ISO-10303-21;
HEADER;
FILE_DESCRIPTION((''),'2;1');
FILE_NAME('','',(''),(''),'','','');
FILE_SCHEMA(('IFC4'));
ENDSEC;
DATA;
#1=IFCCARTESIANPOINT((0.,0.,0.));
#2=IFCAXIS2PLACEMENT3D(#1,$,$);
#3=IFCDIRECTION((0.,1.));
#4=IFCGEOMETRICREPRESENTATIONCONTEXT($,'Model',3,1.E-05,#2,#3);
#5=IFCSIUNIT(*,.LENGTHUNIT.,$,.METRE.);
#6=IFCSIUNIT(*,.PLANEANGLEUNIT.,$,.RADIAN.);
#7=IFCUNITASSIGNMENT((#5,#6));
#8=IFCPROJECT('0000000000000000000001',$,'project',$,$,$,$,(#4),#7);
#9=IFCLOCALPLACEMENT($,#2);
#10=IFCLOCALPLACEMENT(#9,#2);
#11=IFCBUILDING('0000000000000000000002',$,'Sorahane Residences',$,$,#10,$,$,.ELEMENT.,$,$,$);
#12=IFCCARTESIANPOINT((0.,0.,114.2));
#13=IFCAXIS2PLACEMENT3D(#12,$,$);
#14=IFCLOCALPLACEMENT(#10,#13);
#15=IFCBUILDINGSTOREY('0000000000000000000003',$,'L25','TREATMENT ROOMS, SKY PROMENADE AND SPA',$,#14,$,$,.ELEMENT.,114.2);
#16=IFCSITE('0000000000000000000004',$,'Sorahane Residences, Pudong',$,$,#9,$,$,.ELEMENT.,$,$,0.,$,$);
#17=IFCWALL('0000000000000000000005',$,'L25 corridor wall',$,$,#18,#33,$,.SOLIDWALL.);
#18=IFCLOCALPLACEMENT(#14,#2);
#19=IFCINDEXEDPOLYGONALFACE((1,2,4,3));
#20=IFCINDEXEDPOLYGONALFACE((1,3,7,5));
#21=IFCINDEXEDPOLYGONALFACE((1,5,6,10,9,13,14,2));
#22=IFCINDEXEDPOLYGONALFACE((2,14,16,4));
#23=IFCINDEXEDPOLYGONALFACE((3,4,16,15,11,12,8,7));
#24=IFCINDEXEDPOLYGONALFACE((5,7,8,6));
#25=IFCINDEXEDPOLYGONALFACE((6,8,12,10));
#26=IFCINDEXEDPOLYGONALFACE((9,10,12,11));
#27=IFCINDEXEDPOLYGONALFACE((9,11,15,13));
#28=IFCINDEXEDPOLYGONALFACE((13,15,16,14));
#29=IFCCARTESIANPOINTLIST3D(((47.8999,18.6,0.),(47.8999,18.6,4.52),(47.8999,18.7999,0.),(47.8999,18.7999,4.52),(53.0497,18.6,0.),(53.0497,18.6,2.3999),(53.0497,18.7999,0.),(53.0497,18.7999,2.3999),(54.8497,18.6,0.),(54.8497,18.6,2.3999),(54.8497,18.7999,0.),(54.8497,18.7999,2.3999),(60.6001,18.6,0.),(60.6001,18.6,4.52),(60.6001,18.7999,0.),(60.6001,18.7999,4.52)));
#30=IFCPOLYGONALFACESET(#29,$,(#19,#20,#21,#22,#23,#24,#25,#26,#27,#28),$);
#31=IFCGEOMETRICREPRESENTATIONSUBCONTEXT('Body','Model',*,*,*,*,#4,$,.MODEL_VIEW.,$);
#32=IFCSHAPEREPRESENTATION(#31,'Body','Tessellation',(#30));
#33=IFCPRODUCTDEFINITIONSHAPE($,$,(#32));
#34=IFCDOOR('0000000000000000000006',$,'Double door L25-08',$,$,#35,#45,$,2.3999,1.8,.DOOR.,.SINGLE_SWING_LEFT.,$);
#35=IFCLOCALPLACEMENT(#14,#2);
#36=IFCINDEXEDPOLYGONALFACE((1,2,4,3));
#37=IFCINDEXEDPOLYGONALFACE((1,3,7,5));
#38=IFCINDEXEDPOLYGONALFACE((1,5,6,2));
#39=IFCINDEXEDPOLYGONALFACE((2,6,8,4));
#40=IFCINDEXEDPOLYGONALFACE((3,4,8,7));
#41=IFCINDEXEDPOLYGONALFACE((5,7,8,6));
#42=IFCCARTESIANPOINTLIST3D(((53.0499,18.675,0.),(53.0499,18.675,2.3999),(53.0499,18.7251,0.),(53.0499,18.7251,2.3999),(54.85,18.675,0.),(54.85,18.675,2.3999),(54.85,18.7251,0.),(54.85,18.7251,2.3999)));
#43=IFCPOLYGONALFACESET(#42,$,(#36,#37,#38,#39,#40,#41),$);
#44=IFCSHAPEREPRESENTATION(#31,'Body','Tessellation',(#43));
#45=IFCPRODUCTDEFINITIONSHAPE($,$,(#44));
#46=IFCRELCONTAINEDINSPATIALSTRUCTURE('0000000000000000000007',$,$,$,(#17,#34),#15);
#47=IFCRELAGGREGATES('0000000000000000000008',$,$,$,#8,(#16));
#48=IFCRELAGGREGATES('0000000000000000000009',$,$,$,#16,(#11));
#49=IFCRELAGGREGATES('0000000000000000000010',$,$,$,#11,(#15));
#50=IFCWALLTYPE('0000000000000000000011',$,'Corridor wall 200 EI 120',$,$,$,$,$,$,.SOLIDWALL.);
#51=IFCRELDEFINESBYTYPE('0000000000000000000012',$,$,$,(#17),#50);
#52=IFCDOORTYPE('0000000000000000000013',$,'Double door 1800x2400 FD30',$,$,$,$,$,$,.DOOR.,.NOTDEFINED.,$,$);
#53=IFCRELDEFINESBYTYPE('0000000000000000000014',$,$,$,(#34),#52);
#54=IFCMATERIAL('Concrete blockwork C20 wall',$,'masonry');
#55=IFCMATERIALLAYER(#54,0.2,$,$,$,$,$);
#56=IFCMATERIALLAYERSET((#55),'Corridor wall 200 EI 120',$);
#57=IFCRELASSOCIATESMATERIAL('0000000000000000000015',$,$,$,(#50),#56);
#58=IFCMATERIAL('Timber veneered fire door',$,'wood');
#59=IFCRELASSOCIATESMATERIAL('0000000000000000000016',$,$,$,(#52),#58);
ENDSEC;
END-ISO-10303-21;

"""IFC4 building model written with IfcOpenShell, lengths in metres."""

from ifc_helpers import new_model, si_unit, direction, frame, frame_2d, origin, place, context, subcontext, project, spatial, rectangle, extrude, material, layer, layer_set, type_object, element, fill, save


model = new_model("IFC4")

# Units and contexts
model_context = context("Model", 3, precision=1e-05, world=origin(), true_north=direction((0.0, 1.0)))
body_context = subcontext(model_context, "Body", "Model", "MODEL_VIEW")
ifc_project = project(units=[si_unit("LENGTHUNIT", "METRE"), si_unit("PLANEANGLEUNIT", "RADIAN")], contexts=[model_context])

# Site, building, storey
site_placement = place(None, origin())
site = spatial("IfcSite", under=ifc_project, at=site_placement, Name="Sorahane Residences, Pudong", CompositionType="ELEMENT", RefElevation=0.0)
building_placement = place(site_placement, origin())
building = spatial("IfcBuilding", under=site, at=building_placement, Name="Sorahane Residences", CompositionType="ELEMENT")
storey_placement = place(building_placement, frame((0.0, 0.0, 114.2)))
storey = spatial("IfcBuildingStorey", under=building, at=storey_placement, Name="L25", Description="TREATMENT ROOMS, SKY PROMENADE AND SPA", CompositionType="ELEMENT", Elevation=114.2)

# Shared definitions
ifc_material_1 = material(Name="Concrete blockwork C20 wall", Category="masonry")
ifc_layer_1 = layer(ifc_material_1, 0.2)
ifc_layer_set_1 = layer_set([ifc_layer_1], Name="Corridor wall 200 EI 120")
wall_type = type_object("IfcWallType", Name="Corridor wall 200 EI 120", PredefinedType="SOLIDWALL", material=ifc_layer_set_1)

# Shared definitions
ifc_material_2 = material(Name="Timber veneered fire door", Category="wood")
door_type = type_object("IfcDoorType", Name="Double door 1800x2400 FD30", OperationType="NOTDEFINED", PredefinedType="DOOR", material=ifc_material_2)

# Wall, opening, door
wall_1_placement = place(storey_placement, frame((47.8999, 18.7, 0.0), z_axis=(0.0, 0.0, 1.0), x_axis=(1.0, 0.0, 0.0)))
wall_1 = element("IfcWall", 1, at=wall_1_placement, inside=storey, type_object=wall_type, Name="L25 corridor wall", PredefinedType="SOLIDWALL", context=body_context, shape_type="SweptSolid", body=[
    extrude(rectangle(XDim=12.7002, YDim=0.2, at=frame_2d((6.3501, 0.0))), origin(), (0.0, 0.0, 1.0), 4.52),
])
opening_1_placement = place(wall_1_placement, frame((5.1499, 0.0, 0.0)))
opening_1 = element("IfcOpeningElement", 2, at=opening_1_placement, cuts=wall_1, PredefinedType="OPENING", context=body_context, shape_type="SweptSolid", body=[
    extrude(rectangle(XDim=1.8, YDim=2.3999, at=frame_2d((0.8999, 1.2))), frame((0.0, 0.1099, 0.0), z_axis=(0.0, -1.0, 0.0), x_axis=(1.0, 0.0, 0.0)), (0.0, 0.0, 1.0), 0.22),
])
door_1_placement = place(opening_1_placement, frame((1.8, 0.0, 0.0), z_axis=(0.0, 0.0, 1.0), x_axis=(-1.0, 0.0, 0.0)))
door_1 = element("IfcDoor", 3, at=door_1_placement, inside=storey, type_object=door_type, Name="Double door L25-08", OperationType="SINGLE_SWING_LEFT", OverallHeight=2.3999, OverallWidth=1.8, PredefinedType="DOOR", context=body_context, shape_type="SweptSolid", body=[
    extrude(rectangle(XDim=1.8, YDim=2.3999, at=frame_2d((0.8999, 1.2))), frame((0.0, 0.0249, 0.0), z_axis=(0.0, -1.0, 0.0), x_axis=(1.0, 0.0, 0.0)), (0.0, 0.0, 1.0), 0.05),
])
fill(opening_1, door_1)

save(model, "model.ifc")
